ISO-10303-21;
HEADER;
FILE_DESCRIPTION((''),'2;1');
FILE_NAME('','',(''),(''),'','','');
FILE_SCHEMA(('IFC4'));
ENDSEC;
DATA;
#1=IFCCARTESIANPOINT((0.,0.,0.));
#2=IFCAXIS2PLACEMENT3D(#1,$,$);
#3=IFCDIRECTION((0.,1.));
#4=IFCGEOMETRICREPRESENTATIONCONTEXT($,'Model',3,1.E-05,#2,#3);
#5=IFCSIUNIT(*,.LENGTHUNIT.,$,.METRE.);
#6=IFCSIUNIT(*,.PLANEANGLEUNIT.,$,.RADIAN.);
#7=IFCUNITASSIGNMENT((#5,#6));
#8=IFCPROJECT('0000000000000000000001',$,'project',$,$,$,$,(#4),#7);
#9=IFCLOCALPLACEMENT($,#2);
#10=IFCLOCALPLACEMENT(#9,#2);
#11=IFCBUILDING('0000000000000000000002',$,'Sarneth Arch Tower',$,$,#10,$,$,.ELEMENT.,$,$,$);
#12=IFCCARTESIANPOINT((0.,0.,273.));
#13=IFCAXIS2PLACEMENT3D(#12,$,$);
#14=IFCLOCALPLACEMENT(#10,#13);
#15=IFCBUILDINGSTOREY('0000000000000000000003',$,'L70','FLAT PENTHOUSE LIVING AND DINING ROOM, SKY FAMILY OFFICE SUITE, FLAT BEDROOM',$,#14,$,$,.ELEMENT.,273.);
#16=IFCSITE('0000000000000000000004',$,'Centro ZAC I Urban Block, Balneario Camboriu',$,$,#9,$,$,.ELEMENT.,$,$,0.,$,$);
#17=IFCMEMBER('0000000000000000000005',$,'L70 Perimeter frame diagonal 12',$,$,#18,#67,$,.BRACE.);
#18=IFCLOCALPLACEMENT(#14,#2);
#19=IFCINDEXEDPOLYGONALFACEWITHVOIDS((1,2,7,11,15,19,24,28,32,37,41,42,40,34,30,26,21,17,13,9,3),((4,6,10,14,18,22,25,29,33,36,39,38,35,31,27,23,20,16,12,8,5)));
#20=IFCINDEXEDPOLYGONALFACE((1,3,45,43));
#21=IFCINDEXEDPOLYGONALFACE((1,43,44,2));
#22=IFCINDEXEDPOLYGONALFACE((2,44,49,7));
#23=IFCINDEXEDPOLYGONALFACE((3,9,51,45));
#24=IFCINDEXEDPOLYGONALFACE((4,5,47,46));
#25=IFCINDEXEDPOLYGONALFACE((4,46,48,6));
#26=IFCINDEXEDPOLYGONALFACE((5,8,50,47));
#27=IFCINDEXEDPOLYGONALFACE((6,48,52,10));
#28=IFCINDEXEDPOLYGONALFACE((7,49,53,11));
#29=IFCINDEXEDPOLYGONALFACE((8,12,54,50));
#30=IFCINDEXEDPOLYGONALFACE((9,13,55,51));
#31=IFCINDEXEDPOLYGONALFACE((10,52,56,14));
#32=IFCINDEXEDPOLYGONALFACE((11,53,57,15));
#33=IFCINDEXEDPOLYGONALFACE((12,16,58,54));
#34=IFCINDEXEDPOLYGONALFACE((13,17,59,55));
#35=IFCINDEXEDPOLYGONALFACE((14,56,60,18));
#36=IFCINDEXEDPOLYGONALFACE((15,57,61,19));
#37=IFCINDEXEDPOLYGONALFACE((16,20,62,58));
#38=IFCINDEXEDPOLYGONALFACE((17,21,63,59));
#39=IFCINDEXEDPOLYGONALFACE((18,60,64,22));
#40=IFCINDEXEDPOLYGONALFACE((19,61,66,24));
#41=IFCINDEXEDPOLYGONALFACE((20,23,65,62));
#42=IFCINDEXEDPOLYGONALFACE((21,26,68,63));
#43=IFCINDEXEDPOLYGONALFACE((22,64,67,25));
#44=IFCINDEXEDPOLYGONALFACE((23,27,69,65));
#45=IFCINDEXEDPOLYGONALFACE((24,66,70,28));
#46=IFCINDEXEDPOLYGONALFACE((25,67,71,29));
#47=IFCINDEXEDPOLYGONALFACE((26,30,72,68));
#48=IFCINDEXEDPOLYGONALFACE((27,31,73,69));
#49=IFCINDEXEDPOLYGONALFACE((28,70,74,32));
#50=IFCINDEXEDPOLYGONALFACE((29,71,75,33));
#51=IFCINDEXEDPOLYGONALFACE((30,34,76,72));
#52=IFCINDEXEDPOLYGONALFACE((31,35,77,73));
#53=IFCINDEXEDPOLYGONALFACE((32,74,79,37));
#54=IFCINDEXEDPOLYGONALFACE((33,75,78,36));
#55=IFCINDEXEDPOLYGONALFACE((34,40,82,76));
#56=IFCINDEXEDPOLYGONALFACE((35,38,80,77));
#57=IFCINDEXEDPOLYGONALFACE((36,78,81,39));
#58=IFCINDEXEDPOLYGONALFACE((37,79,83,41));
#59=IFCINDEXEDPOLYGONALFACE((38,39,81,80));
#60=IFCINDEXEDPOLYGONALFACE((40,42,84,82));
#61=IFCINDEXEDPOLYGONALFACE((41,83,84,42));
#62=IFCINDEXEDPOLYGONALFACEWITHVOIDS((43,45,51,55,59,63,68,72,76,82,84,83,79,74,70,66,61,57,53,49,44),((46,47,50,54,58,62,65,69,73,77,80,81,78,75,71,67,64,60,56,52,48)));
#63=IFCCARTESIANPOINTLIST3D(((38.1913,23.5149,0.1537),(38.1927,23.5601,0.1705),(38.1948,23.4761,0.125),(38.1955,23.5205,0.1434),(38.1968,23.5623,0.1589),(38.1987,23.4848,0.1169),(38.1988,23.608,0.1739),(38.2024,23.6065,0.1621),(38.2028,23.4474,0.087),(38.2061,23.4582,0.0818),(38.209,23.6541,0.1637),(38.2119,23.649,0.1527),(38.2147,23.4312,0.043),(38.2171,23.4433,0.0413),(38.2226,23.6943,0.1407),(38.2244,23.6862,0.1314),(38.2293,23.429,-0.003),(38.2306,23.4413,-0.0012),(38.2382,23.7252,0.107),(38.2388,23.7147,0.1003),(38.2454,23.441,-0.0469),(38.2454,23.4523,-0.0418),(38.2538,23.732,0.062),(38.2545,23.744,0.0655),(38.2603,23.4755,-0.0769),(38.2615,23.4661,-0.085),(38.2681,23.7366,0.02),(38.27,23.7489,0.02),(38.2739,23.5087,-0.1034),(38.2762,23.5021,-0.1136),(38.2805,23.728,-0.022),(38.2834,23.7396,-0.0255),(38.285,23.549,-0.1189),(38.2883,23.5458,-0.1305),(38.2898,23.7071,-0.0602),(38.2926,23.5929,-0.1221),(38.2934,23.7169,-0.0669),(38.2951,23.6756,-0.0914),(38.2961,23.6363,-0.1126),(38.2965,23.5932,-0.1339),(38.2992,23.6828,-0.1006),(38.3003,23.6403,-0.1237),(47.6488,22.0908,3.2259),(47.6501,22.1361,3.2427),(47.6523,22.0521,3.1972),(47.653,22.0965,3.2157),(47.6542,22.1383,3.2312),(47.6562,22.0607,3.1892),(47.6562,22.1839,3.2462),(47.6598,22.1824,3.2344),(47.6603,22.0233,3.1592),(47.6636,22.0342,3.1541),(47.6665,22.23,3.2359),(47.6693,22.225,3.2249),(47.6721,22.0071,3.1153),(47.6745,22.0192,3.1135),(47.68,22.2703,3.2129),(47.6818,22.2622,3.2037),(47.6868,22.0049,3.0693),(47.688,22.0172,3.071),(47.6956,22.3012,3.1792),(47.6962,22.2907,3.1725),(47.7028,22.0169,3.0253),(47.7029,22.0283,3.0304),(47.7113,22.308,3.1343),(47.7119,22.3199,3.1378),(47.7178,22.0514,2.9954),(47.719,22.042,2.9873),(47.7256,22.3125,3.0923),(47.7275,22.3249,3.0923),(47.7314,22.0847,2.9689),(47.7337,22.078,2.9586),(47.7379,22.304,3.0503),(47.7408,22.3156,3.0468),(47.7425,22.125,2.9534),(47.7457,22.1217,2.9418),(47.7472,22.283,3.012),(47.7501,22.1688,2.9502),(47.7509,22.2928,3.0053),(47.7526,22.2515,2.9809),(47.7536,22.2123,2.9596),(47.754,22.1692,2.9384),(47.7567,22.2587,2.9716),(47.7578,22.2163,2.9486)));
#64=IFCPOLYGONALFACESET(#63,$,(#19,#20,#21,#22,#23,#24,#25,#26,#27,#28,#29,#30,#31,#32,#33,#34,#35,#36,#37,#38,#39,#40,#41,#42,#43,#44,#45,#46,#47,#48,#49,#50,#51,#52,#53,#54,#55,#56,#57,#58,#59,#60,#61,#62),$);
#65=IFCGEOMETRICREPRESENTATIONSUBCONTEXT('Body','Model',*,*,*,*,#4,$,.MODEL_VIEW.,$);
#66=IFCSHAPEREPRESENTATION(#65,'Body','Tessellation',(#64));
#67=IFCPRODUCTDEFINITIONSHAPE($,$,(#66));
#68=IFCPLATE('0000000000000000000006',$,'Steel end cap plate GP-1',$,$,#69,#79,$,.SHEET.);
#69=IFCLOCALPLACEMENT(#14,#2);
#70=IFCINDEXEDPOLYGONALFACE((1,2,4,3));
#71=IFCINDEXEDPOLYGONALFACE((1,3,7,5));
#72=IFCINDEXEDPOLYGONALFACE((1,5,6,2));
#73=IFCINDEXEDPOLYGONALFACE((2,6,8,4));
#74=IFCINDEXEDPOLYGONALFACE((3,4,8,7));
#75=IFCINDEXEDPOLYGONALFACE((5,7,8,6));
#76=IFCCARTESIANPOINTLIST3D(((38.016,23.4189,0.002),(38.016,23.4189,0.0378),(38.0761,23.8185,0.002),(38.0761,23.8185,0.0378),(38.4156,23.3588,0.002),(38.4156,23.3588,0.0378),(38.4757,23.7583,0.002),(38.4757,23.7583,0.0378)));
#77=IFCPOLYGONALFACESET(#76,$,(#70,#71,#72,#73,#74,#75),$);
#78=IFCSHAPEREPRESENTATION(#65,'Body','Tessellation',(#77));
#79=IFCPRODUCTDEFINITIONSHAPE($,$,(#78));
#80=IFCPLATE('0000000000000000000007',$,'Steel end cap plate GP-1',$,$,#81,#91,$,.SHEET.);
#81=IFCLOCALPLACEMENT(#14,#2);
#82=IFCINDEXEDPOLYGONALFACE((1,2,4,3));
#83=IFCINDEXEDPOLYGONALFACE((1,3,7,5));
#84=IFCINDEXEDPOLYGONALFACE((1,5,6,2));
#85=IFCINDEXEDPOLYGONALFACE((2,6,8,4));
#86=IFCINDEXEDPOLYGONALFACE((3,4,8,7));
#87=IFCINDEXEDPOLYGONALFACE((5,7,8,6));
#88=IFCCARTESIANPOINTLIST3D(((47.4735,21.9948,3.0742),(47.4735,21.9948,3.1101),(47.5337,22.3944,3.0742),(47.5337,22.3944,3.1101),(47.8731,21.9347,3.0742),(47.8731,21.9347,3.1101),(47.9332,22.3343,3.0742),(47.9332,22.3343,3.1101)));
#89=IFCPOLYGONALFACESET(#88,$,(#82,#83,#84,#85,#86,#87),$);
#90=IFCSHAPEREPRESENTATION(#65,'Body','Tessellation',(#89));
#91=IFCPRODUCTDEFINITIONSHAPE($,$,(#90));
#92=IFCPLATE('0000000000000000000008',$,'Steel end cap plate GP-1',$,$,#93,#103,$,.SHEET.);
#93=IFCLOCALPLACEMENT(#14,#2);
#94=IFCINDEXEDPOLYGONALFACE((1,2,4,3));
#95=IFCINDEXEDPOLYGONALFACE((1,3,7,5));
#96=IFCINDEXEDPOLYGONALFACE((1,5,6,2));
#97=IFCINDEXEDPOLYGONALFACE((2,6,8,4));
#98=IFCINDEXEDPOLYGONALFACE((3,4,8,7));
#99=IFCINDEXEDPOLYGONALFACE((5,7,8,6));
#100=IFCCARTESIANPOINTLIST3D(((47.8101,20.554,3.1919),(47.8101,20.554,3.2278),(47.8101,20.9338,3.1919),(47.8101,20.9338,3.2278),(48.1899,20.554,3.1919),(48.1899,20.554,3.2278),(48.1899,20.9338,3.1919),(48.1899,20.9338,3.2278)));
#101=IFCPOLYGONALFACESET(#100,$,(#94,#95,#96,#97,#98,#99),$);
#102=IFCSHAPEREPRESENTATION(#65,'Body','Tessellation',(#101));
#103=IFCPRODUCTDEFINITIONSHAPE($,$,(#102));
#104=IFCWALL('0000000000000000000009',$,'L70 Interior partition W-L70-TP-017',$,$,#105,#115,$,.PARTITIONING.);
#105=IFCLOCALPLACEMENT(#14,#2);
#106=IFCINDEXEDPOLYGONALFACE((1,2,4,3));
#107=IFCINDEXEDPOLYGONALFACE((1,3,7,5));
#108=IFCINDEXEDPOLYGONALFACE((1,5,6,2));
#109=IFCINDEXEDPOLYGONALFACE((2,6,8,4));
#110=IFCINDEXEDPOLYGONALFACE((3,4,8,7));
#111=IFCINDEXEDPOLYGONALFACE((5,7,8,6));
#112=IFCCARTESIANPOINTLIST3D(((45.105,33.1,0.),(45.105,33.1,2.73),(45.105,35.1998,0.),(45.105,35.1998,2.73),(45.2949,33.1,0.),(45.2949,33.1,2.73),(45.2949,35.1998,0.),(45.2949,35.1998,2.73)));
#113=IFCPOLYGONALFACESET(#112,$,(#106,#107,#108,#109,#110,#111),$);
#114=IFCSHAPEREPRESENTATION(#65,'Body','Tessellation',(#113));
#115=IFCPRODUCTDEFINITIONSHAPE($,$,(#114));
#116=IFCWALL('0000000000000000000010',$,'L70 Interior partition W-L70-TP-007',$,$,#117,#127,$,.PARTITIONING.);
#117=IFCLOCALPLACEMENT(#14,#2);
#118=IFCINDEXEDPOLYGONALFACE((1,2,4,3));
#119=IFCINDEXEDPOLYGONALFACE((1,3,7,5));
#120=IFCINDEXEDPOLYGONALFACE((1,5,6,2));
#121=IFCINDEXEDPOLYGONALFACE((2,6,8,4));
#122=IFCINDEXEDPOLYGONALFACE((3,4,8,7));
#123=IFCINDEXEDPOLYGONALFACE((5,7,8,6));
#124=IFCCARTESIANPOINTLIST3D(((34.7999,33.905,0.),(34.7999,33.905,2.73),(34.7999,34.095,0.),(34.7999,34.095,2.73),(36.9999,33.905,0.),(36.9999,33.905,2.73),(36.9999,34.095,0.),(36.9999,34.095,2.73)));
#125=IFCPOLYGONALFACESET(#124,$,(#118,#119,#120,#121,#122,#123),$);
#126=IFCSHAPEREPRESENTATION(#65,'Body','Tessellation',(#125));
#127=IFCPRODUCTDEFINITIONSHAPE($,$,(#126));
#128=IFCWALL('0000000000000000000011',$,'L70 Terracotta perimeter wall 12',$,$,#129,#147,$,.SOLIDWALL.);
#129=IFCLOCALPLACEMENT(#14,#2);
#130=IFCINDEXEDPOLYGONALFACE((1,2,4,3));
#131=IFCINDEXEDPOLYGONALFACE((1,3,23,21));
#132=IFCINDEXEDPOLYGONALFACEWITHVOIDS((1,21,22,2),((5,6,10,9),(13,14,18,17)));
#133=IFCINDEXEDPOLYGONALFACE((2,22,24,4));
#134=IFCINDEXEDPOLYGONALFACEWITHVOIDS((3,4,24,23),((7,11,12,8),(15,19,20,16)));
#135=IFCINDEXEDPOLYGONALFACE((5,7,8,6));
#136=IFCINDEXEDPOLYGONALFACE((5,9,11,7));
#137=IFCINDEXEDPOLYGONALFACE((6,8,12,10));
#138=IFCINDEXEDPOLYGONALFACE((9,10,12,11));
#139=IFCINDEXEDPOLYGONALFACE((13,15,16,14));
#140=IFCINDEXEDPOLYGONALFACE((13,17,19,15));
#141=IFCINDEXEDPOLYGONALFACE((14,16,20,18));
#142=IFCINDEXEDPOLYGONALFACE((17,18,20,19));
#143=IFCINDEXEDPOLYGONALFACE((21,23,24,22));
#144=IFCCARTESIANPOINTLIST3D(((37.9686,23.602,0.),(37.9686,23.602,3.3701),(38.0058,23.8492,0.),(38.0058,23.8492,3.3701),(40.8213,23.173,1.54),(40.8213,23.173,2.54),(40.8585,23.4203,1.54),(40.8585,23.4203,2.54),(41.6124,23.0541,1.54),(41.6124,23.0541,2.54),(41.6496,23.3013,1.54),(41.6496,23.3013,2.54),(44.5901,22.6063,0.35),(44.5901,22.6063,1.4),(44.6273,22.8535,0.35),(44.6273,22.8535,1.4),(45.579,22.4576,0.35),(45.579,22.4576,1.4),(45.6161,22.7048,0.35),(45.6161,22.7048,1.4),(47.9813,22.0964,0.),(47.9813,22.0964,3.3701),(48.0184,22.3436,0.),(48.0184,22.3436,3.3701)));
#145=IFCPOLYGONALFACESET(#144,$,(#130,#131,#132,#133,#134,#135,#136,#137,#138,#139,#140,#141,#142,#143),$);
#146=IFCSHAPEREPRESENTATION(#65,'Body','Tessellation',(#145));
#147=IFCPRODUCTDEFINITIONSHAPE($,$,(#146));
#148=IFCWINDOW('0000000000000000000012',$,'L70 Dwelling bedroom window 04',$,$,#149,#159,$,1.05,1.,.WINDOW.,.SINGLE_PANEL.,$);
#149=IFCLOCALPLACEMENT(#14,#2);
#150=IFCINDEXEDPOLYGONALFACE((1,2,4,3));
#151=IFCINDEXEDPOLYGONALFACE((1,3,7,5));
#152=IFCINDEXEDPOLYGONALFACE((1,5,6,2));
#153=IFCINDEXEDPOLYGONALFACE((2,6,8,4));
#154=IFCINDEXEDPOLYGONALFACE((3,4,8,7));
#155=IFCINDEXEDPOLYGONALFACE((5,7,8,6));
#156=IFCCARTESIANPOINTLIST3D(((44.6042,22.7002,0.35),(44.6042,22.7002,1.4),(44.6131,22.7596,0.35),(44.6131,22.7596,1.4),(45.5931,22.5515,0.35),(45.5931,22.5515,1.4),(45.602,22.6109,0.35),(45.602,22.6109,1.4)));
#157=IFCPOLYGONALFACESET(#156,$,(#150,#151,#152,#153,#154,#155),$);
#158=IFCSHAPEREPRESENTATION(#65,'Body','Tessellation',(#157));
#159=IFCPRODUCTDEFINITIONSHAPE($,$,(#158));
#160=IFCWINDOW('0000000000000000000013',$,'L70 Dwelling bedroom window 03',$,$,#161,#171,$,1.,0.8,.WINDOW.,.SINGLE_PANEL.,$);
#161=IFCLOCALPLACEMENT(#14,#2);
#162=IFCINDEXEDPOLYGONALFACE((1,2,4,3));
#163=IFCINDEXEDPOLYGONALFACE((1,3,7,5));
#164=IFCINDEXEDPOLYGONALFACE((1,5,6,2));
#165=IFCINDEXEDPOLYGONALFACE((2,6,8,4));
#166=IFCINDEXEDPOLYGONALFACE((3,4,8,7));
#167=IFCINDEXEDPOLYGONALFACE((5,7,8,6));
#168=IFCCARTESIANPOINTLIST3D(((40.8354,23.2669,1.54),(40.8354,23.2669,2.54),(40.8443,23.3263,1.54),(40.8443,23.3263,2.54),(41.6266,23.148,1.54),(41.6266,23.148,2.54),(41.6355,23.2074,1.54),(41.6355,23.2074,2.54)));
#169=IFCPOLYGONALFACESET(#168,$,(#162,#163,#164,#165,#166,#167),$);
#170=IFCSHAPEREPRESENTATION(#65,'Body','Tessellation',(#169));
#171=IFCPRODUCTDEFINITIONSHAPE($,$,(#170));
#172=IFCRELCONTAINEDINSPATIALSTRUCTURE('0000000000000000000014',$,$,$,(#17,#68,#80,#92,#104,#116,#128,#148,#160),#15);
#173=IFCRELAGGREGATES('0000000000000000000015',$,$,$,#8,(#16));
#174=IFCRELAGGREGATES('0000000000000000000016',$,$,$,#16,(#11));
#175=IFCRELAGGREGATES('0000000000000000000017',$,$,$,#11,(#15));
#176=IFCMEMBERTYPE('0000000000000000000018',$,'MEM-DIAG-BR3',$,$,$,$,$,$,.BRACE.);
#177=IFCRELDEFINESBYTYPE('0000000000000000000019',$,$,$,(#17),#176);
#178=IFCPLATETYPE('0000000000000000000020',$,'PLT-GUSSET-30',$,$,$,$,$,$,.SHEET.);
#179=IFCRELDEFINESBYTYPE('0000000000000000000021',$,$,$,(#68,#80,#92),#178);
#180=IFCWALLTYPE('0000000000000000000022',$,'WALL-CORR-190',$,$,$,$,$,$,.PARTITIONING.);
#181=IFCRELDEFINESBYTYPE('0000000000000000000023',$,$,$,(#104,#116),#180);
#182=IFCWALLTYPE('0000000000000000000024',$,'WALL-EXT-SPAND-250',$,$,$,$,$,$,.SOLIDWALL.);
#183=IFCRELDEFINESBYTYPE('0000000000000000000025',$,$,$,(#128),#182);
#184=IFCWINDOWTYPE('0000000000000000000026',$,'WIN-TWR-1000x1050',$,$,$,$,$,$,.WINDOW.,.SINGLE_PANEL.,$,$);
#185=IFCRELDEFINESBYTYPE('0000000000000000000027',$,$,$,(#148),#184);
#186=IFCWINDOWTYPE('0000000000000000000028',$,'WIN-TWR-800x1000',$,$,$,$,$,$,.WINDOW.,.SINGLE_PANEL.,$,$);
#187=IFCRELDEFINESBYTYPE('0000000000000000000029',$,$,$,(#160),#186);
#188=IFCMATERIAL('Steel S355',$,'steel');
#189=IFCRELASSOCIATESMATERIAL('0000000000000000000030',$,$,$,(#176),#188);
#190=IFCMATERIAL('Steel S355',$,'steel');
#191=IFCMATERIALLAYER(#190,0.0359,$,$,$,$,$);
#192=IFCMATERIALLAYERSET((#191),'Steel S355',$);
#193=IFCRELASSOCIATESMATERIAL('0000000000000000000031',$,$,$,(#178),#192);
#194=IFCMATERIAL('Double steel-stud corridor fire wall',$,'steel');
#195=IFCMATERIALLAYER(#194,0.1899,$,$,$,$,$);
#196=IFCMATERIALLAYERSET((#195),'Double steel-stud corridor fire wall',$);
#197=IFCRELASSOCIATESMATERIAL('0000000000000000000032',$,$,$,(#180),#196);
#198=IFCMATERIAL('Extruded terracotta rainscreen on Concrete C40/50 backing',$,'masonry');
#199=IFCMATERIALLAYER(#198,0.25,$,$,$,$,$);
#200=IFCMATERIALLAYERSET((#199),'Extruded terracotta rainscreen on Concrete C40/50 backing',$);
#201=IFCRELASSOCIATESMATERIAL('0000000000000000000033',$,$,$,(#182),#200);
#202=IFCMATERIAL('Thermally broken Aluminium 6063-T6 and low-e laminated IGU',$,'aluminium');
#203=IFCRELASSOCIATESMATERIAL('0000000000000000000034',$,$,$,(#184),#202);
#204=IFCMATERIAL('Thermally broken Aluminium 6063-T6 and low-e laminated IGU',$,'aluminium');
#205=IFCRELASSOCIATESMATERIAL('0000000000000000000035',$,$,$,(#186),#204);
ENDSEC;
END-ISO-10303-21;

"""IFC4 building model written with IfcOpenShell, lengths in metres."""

from ifc_helpers import new_model, si_unit, direction, frame, frame_2d, origin, origin_2d, place, context, subcontext, project, spatial, rectangle, hollow_circle, extrude, material, layer, layer_set, material_profile, profile_set, type_object, element, fill, save


model = new_model("IFC4")

# Units and contexts
model_context = context("Model", 3, precision=1e-05, world=origin(), true_north=direction((0.0, 1.0)))
body_context = subcontext(model_context, "Body", "Model", "MODEL_VIEW")
ifc_project = project(units=[si_unit("LENGTHUNIT", "METRE"), si_unit("PLANEANGLEUNIT", "RADIAN")], contexts=[model_context])

# Site, building, storey
site_placement = place(None, origin())
site = spatial("IfcSite", under=ifc_project, at=site_placement, Name="Centro ZAC I Urban Block, Balneario Camboriu", CompositionType="ELEMENT", RefElevation=0.0)
building_placement = place(site_placement, origin())
building = spatial("IfcBuilding", under=site, at=building_placement, Name="Sarneth Arch Tower", CompositionType="ELEMENT")
storey_placement = place(building_placement, frame((0.0, 0.0, 273.0)))
storey = spatial("IfcBuildingStorey", under=building, at=storey_placement, Name="L70", Description="FLAT PENTHOUSE LIVING AND DINING ROOM, SKY FAMILY OFFICE SUITE, FLAT BEDROOM", CompositionType="ELEMENT", Elevation=273.0)

# Member
ifc_material_1 = material(Name="Steel S355", Category="steel")
ifc_material_profile_1 = material_profile(ifc_material_1, hollow_circle(Radius=0.1621, WallThickness=0.0125, at=origin_2d()), Name="CHS324x12.5")
ifc_profile_set_1 = profile_set([ifc_material_profile_1], Name="Steel S355")
member_type_1 = type_object("IfcMemberType", Name="MEM-DIAG-BR3", PredefinedType="BRACE", material=ifc_profile_set_1)
member_1_placement = place(storey_placement, frame((38.2458, 23.5886, 0.02), z_axis=(0.941471, -0.141763, 0.305836), x_axis=(0.148897, 0.988853, 0.0)))
element("IfcMember", 1, at=member_1_placement, inside=storey, type_object=member_type_1, Name="L70 Perimeter frame diagonal 12", PredefinedType="BRACE", context=body_context, shape_type="SweptSolid", body=[
    extrude(hollow_circle(Radius=0.1621, WallThickness=0.0125, at=origin_2d()), origin(), (0.0, 0.0, 1.0), 10.0454),
])

# Plates
ifc_material_2 = material(Name="Steel S355", Category="steel")
ifc_layer_1 = layer(ifc_material_2, 0.0359)
ifc_layer_set_1 = layer_set([ifc_layer_1], Name="Steel S355")
plate_type = type_object("IfcPlateType", Name="PLT-GUSSET-30", PredefinedType="SHEET", material=ifc_layer_set_1)
for number, where, z_axis, x_axis, name in (
    (2, (38.2458, 23.5886, 0.002), (0.0, 0.0, 1.0), (0.988861, -0.148845, 0.0), "Steel end cap plate GP-1"),
    (3, (47.7034, 22.1646, 3.0742), (0.0, 0.0, 1.0), (0.988861, -0.148845, 0.0), "Steel end cap plate GP-1"),
):
    element("IfcPlate", number, at=place(storey_placement, frame(where, z_axis=z_axis, x_axis=x_axis)), inside=storey, type_object=plate_type, Name=name, PredefinedType="SHEET", context=body_context, shape_type="SweptSolid", body=[
        extrude(rectangle(XDim=0.4041, YDim=0.4041, at=origin_2d()), origin(), (0.0, 0.0, 1.0), 0.0359),
    ])
plate_placement = place(storey_placement, frame((48.0, 20.7439, 3.1919), z_axis=(0.0, 0.0, 1.0), x_axis=(0.0, -1.0, 0.0)))
element("IfcPlate", 4, at=plate_placement, inside=storey, type_object=plate_type, Name="Steel end cap plate GP-1", PredefinedType="SHEET", context=body_context, shape_type="SweptSolid", body=[
    extrude(rectangle(XDim=0.3799, YDim=0.3799, at=origin_2d()), origin(), (0.0, 0.0, 1.0), 0.0359),
])

# Walls
ifc_material_3 = material(Name="Double steel-stud corridor fire wall", Category="steel")
ifc_layer_2 = layer(ifc_material_3, 0.1899)
ifc_layer_set_2 = layer_set([ifc_layer_2], Name="Double steel-stud corridor fire wall")
wall_type_1 = type_object("IfcWallType", Name="WALL-CORR-190", PredefinedType="PARTITIONING", material=ifc_layer_set_2)
wall_1_placement = place(storey_placement, frame((45.2, 33.1001, 0.0), z_axis=(0.0, 0.0, 1.0), x_axis=(0.0, 1.0, 0.0)))
element("IfcWall", 5, at=wall_1_placement, inside=storey, type_object=wall_type_1, Name="L70 Interior partition W-L70-TP-017", PredefinedType="PARTITIONING", context=body_context, shape_type="SweptSolid", body=[
    extrude(rectangle(XDim=2.0999, YDim=0.1899, at=frame_2d((1.0498, 0.0))), origin(), (0.0, 0.0, 1.0), 2.73),
])
wall_2_placement = place(storey_placement, frame((37.0, 34.0, 0.0), z_axis=(0.0, 0.0, 1.0), x_axis=(-1.0, 0.0, 0.0)))
element("IfcWall", 6, at=wall_2_placement, inside=storey, type_object=wall_type_1, Name="L70 Interior partition W-L70-TP-007", PredefinedType="PARTITIONING", context=body_context, shape_type="SweptSolid", body=[
    extrude(rectangle(XDim=2.2, YDim=0.1899, at=frame_2d((1.1001, 0.0))), origin(), (0.0, 0.0, 1.0), 2.73),
])

# Wall, openings, windows
ifc_material_4 = material(Name="Extruded terracotta rainscreen on Concrete C40/50 backing", Category="masonry")
ifc_layer_3 = layer(ifc_material_4, 0.25)
ifc_layer_set_3 = layer_set([ifc_layer_3], Name="Extruded terracotta rainscreen on Concrete C40/50 backing")
wall_type_2 = type_object("IfcWallType", Name="WALL-EXT-SPAND-250", PredefinedType="SOLIDWALL", material=ifc_layer_set_3)
wall_3_placement = place(storey_placement, frame((37.9873, 23.7256, 0.0), z_axis=(0.0, 0.0, 1.0), x_axis=(0.988883, -0.148699, 0.0)))
wall_3 = element("IfcWall", 7, at=wall_3_placement, inside=storey, type_object=wall_type_2, Name="L70 Terracotta perimeter wall 12", PredefinedType="SOLIDWALL", context=body_context, shape_type="SweptSolid", body=[
    extrude(rectangle(XDim=10.1252, YDim=0.25, at=frame_2d((5.0625, 0.0))), origin(), (0.0, 0.0, 1.0), 3.3701),
])
opening_1_placement = place(wall_3_placement, frame((2.8848, 0.0, 1.54)))
opening_1 = element("IfcOpeningElement", 8, at=opening_1_placement, cuts=wall_3, PredefinedType="OPENING", context=body_context, shape_type="SweptSolid", body=[
    extrude(rectangle(XDim=0.8, YDim=1.0, at=frame_2d((0.3999, 0.5))), frame((0.0, 0.135, 0.0), z_axis=(0.0, -1.0, 0.0), x_axis=(1.0, 0.0, 0.0)), (0.0, 0.0, 1.0), 0.27),
])
opening_2_placement = place(wall_3_placement, frame((6.6958, 0.0, 0.3501)))
opening_2 = element("IfcOpeningElement", 9, at=opening_2_placement, cuts=wall_3, PredefinedType="OPENING", context=body_context, shape_type="SweptSolid", body=[
    extrude(rectangle(XDim=1.0, YDim=1.05, at=frame_2d((0.5, 0.5249))), frame((0.0, 0.135, 0.0), z_axis=(0.0, -1.0, 0.0), x_axis=(1.0, 0.0, 0.0)), (0.0, 0.0, 1.0), 0.27),
])
ifc_material_5 = material(Name="Thermally broken Aluminium 6063-T6 and low-e laminated IGU", Category="aluminium")
window_type_1 = type_object("IfcWindowType", Name="WIN-TWR-1000x1050", PartitioningType="SINGLE_PANEL", PredefinedType="WINDOW", material=ifc_material_5)
window_1_placement = place(opening_2_placement, origin())
window_1 = element("IfcWindow", 10, at=window_1_placement, inside=storey, type_object=window_type_1, Name="L70 Dwelling bedroom window 04", OverallHeight=1.05, OverallWidth=1.0, PartitioningType="SINGLE_PANEL", PredefinedType="WINDOW", context=body_context, shape_type="SweptSolid", body=[
    extrude(rectangle(XDim=1.0, YDim=1.05, at=frame_2d((0.5, 0.5249))), frame((0.0, 0.03, 0.0), z_axis=(0.0, -1.0, 0.0), x_axis=(1.0, 0.0, 0.0)), (0.0, 0.0, 1.0), 0.0601),
])
fill(opening_2, window_1)
ifc_material_6 = material(Name="Thermally broken Aluminium 6063-T6 and low-e laminated IGU", Category="aluminium")
window_type_2 = type_object("IfcWindowType", Name="WIN-TWR-800x1000", PartitioningType="SINGLE_PANEL", PredefinedType="WINDOW", material=ifc_material_6)
window_2_placement = place(opening_1_placement, origin())
window_2 = element("IfcWindow", 11, at=window_2_placement, inside=storey, type_object=window_type_2, Name="L70 Dwelling bedroom window 03", OverallHeight=1.0, OverallWidth=0.8, PartitioningType="SINGLE_PANEL", PredefinedType="WINDOW", context=body_context, shape_type="SweptSolid", body=[
    extrude(rectangle(XDim=0.8, YDim=1.0, at=frame_2d((0.3999, 0.5))), frame((0.0, 0.03, 0.0), z_axis=(0.0, -1.0, 0.0), x_axis=(1.0, 0.0, 0.0)), (0.0, 0.0, 1.0), 0.0601),
])
fill(opening_1, window_2)

save(model, "model.ifc")
